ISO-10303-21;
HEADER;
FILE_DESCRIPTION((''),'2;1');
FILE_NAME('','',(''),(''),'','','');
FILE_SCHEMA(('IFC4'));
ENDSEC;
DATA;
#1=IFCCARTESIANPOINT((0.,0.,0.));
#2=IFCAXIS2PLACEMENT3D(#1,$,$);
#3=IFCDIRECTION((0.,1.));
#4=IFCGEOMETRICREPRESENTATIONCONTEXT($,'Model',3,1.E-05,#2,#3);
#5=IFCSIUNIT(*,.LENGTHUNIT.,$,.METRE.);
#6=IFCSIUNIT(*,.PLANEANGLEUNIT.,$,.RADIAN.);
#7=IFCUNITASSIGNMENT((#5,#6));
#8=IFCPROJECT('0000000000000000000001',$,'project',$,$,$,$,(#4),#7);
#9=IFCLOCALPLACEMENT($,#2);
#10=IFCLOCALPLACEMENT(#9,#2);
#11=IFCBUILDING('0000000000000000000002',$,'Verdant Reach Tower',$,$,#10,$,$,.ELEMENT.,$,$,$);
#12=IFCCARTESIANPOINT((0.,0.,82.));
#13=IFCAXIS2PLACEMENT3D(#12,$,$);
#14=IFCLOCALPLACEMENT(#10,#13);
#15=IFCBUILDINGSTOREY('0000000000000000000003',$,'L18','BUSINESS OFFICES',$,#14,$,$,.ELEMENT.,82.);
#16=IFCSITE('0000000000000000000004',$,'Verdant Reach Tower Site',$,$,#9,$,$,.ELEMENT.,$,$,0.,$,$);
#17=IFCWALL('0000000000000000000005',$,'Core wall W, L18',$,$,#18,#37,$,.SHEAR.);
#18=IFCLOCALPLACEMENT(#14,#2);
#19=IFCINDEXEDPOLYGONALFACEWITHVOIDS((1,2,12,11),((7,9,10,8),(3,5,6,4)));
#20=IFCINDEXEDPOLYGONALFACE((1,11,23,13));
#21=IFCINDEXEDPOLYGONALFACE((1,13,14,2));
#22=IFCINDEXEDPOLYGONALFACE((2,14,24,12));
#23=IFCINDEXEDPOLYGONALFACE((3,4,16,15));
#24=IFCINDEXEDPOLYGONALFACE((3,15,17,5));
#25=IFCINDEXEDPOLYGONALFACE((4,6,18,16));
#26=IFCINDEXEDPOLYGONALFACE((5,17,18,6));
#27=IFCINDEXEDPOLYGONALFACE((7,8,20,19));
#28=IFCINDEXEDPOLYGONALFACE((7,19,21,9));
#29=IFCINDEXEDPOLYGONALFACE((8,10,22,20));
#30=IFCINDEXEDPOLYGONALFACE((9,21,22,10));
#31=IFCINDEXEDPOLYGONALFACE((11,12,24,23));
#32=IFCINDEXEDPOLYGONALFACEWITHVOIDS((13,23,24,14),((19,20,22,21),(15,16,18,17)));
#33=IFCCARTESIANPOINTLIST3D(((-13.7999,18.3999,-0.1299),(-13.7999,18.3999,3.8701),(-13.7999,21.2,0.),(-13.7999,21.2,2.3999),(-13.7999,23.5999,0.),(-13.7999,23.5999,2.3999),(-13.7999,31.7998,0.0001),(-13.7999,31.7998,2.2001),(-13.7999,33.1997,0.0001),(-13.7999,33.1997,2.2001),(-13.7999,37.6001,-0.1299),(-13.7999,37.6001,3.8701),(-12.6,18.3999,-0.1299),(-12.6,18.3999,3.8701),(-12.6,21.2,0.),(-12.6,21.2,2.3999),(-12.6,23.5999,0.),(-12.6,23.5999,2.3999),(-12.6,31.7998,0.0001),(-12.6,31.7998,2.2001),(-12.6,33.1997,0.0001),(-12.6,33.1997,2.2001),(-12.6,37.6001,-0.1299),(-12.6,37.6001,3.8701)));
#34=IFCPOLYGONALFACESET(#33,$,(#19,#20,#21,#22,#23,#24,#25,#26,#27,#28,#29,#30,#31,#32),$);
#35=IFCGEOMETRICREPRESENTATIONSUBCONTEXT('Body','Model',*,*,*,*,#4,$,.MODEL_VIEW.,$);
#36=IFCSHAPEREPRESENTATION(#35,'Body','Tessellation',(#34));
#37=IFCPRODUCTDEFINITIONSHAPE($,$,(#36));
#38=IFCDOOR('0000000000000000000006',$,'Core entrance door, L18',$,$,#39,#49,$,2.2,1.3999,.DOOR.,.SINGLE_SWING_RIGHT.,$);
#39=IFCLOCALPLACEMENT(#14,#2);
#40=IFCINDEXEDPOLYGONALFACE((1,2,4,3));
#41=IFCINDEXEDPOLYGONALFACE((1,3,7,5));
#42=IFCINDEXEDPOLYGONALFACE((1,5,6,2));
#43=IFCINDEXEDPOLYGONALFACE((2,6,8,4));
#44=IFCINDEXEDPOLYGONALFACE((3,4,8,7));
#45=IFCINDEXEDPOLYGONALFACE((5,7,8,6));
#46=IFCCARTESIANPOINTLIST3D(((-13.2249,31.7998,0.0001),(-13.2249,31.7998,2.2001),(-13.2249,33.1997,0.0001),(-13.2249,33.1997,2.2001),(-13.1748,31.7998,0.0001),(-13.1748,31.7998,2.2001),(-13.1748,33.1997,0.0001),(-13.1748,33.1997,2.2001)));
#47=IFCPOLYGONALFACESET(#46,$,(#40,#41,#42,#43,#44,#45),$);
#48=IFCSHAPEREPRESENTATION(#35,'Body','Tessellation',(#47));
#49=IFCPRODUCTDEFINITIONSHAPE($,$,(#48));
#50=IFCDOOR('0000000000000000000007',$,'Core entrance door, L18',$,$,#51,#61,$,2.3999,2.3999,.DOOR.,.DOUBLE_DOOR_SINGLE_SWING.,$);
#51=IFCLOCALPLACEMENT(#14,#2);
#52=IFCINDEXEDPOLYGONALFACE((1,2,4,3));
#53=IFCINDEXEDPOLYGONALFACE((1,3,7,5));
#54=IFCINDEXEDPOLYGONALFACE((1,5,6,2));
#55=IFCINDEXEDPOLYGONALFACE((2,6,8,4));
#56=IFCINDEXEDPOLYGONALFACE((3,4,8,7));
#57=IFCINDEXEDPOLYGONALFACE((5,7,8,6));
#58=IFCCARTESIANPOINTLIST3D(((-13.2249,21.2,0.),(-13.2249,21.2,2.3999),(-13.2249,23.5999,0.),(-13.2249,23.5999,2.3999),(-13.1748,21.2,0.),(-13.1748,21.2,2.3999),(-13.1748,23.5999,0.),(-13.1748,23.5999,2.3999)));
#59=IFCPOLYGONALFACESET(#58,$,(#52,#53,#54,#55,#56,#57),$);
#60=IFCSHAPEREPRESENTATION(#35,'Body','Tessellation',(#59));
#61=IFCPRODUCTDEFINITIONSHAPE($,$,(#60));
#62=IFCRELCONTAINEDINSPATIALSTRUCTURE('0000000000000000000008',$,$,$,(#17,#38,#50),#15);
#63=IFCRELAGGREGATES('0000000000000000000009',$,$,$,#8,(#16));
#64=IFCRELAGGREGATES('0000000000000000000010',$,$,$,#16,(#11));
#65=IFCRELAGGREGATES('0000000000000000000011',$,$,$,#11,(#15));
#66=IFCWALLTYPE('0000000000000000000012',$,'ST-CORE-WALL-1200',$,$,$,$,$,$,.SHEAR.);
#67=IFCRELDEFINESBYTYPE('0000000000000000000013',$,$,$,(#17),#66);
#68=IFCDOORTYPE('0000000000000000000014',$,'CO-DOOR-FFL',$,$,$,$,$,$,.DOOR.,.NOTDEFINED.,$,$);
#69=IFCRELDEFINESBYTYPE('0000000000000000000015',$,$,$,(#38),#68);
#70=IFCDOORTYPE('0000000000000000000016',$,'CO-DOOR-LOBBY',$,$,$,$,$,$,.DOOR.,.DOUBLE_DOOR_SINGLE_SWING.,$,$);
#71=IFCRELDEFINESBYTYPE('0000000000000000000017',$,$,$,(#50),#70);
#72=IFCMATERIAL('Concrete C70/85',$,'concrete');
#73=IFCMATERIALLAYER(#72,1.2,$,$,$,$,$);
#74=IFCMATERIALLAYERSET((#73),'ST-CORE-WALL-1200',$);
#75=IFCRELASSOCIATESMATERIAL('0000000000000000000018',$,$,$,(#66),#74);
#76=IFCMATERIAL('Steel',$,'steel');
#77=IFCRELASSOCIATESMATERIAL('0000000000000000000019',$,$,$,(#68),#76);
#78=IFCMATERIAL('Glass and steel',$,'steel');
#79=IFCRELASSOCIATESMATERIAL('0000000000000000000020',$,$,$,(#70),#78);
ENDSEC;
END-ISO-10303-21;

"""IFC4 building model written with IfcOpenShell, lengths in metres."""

from ifc_helpers import new_model, si_unit, direction, frame, frame_2d, origin, place, context, subcontext, project, spatial, rectangle, extrude, material, layer, layer_set, type_object, element, fill, save


model = new_model("IFC4")

# Units and contexts
model_context = context("Model", 3, precision=1e-05, world=origin(), true_north=direction((0.0, 1.0)))
body_context = subcontext(model_context, "Body", "Model", "MODEL_VIEW")
ifc_project = project(units=[si_unit("LENGTHUNIT", "METRE"), si_unit("PLANEANGLEUNIT", "RADIAN")], contexts=[model_context])

# Site, building, storey
site_placement = place(None, origin())
site = spatial("IfcSite", under=ifc_project, at=site_placement, Name="Verdant Reach Tower Site", CompositionType="ELEMENT", RefElevation=0.0)
building_placement = place(site_placement, origin())
building = spatial("IfcBuilding", under=site, at=building_placement, Name="Verdant Reach Tower", CompositionType="ELEMENT")
storey_placement = place(building_placement, frame((0.0, 0.0, 82.0)))
storey = spatial("IfcBuildingStorey", under=building, at=storey_placement, Name="L18", Description="BUSINESS OFFICES", CompositionType="ELEMENT", Elevation=82.0)

# Shared definitions
ifc_material_1 = material(Name="Concrete C70/85", Category="concrete")
ifc_layer_1 = layer(ifc_material_1, 1.2)
ifc_layer_set_1 = layer_set([ifc_layer_1], Name="ST-CORE-WALL-1200")
wall_type_1 = type_object("IfcWallType", Name="ST-CORE-WALL-1200", PredefinedType="SHEAR", material=ifc_layer_set_1)

# Wall, openings, doors
wall_1_placement = place(storey_placement, frame((-13.2, 18.3999, -0.1299), z_axis=(0.0, 0.0, 1.0), x_axis=(0.0, 1.0, 0.0)))
wall_1 = element("IfcWall", 1, at=wall_1_placement, inside=storey, type_object=wall_type_1, Name="Core wall W, L18", PredefinedType="SHEAR", context=body_context, shape_type="SweptSolid", body=[
    extrude(rectangle(XDim=19.2002, YDim=1.2, at=frame_2d((9.6001, 0.0))), origin(), (0.0, 0.0, 1.0), 4.0),
])
opening_1_placement = place(wall_1_placement, frame((2.8, 0.0, 0.1299)))
opening_1 = element("IfcOpeningElement", 2, at=opening_1_placement, cuts=wall_1, PredefinedType="OPENING", context=body_context, shape_type="SweptSolid", body=[
    extrude(rectangle(XDim=2.3999, YDim=2.3999, at=frame_2d((1.2, 1.2))), frame((0.0, 0.6099, 0.0), z_axis=(0.0, -1.0, 0.0), x_axis=(1.0, 0.0, 0.0)), (0.0, 0.0, 1.0), 1.22),
])
opening_2_placement = place(wall_1_placement, frame((13.3999, 0.0, 0.1299)))
opening_2 = element("IfcOpeningElement", 3, at=opening_2_placement, cuts=wall_1, PredefinedType="OPENING", context=body_context, shape_type="SweptSolid", body=[
    extrude(rectangle(XDim=1.3999, YDim=2.2, at=frame_2d((0.7, 1.1001))), frame((0.0, 0.6099, 0.0), z_axis=(0.0, -1.0, 0.0), x_axis=(1.0, 0.0, 0.0)), (0.0, 0.0, 1.0), 1.22),
])
ifc_material_2 = material(Name="Steel", Category="steel")
door_type_1 = type_object("IfcDoorType", Name="CO-DOOR-FFL", OperationType="NOTDEFINED", PredefinedType="DOOR", material=ifc_material_2)
door_1_placement = place(opening_2_placement, origin())
door_1 = element("IfcDoor", 4, at=door_1_placement, inside=storey, type_object=door_type_1, Name="Core entrance door, L18", OperationType="SINGLE_SWING_RIGHT", OverallHeight=2.2, OverallWidth=1.3999, PredefinedType="DOOR", context=body_context, shape_type="SweptSolid", body=[
    extrude(rectangle(XDim=1.3999, YDim=2.2, at=frame_2d((0.7, 1.1001))), frame((0.0, 0.0249, 0.0), z_axis=(0.0, -1.0, 0.0), x_axis=(1.0, 0.0, 0.0)), (0.0, 0.0, 1.0), 0.05),
])
fill(opening_2, door_1)
ifc_material_3 = material(Name="Glass and steel", Category="steel")
door_type_2 = type_object("IfcDoorType", Name="CO-DOOR-LOBBY", OperationType="DOUBLE_DOOR_SINGLE_SWING", PredefinedType="DOOR", material=ifc_material_3)
door_2_placement = place(opening_1_placement, origin())
door_2 = element("IfcDoor", 5, at=door_2_placement, inside=storey, type_object=door_type_2, Name="Core entrance door, L18", OperationType="DOUBLE_DOOR_SINGLE_SWING", OverallHeight=2.3999, OverallWidth=2.3999, PredefinedType="DOOR", context=body_context, shape_type="SweptSolid", body=[
    extrude(rectangle(XDim=2.3999, YDim=2.3999, at=frame_2d((1.2, 1.2))), frame((0.0, 0.0249, 0.0), z_axis=(0.0, -1.0, 0.0), x_axis=(1.0, 0.0, 0.0)), (0.0, 0.0, 1.0), 0.05),
])
fill(opening_1, door_2)

save(model, "model.ifc")
